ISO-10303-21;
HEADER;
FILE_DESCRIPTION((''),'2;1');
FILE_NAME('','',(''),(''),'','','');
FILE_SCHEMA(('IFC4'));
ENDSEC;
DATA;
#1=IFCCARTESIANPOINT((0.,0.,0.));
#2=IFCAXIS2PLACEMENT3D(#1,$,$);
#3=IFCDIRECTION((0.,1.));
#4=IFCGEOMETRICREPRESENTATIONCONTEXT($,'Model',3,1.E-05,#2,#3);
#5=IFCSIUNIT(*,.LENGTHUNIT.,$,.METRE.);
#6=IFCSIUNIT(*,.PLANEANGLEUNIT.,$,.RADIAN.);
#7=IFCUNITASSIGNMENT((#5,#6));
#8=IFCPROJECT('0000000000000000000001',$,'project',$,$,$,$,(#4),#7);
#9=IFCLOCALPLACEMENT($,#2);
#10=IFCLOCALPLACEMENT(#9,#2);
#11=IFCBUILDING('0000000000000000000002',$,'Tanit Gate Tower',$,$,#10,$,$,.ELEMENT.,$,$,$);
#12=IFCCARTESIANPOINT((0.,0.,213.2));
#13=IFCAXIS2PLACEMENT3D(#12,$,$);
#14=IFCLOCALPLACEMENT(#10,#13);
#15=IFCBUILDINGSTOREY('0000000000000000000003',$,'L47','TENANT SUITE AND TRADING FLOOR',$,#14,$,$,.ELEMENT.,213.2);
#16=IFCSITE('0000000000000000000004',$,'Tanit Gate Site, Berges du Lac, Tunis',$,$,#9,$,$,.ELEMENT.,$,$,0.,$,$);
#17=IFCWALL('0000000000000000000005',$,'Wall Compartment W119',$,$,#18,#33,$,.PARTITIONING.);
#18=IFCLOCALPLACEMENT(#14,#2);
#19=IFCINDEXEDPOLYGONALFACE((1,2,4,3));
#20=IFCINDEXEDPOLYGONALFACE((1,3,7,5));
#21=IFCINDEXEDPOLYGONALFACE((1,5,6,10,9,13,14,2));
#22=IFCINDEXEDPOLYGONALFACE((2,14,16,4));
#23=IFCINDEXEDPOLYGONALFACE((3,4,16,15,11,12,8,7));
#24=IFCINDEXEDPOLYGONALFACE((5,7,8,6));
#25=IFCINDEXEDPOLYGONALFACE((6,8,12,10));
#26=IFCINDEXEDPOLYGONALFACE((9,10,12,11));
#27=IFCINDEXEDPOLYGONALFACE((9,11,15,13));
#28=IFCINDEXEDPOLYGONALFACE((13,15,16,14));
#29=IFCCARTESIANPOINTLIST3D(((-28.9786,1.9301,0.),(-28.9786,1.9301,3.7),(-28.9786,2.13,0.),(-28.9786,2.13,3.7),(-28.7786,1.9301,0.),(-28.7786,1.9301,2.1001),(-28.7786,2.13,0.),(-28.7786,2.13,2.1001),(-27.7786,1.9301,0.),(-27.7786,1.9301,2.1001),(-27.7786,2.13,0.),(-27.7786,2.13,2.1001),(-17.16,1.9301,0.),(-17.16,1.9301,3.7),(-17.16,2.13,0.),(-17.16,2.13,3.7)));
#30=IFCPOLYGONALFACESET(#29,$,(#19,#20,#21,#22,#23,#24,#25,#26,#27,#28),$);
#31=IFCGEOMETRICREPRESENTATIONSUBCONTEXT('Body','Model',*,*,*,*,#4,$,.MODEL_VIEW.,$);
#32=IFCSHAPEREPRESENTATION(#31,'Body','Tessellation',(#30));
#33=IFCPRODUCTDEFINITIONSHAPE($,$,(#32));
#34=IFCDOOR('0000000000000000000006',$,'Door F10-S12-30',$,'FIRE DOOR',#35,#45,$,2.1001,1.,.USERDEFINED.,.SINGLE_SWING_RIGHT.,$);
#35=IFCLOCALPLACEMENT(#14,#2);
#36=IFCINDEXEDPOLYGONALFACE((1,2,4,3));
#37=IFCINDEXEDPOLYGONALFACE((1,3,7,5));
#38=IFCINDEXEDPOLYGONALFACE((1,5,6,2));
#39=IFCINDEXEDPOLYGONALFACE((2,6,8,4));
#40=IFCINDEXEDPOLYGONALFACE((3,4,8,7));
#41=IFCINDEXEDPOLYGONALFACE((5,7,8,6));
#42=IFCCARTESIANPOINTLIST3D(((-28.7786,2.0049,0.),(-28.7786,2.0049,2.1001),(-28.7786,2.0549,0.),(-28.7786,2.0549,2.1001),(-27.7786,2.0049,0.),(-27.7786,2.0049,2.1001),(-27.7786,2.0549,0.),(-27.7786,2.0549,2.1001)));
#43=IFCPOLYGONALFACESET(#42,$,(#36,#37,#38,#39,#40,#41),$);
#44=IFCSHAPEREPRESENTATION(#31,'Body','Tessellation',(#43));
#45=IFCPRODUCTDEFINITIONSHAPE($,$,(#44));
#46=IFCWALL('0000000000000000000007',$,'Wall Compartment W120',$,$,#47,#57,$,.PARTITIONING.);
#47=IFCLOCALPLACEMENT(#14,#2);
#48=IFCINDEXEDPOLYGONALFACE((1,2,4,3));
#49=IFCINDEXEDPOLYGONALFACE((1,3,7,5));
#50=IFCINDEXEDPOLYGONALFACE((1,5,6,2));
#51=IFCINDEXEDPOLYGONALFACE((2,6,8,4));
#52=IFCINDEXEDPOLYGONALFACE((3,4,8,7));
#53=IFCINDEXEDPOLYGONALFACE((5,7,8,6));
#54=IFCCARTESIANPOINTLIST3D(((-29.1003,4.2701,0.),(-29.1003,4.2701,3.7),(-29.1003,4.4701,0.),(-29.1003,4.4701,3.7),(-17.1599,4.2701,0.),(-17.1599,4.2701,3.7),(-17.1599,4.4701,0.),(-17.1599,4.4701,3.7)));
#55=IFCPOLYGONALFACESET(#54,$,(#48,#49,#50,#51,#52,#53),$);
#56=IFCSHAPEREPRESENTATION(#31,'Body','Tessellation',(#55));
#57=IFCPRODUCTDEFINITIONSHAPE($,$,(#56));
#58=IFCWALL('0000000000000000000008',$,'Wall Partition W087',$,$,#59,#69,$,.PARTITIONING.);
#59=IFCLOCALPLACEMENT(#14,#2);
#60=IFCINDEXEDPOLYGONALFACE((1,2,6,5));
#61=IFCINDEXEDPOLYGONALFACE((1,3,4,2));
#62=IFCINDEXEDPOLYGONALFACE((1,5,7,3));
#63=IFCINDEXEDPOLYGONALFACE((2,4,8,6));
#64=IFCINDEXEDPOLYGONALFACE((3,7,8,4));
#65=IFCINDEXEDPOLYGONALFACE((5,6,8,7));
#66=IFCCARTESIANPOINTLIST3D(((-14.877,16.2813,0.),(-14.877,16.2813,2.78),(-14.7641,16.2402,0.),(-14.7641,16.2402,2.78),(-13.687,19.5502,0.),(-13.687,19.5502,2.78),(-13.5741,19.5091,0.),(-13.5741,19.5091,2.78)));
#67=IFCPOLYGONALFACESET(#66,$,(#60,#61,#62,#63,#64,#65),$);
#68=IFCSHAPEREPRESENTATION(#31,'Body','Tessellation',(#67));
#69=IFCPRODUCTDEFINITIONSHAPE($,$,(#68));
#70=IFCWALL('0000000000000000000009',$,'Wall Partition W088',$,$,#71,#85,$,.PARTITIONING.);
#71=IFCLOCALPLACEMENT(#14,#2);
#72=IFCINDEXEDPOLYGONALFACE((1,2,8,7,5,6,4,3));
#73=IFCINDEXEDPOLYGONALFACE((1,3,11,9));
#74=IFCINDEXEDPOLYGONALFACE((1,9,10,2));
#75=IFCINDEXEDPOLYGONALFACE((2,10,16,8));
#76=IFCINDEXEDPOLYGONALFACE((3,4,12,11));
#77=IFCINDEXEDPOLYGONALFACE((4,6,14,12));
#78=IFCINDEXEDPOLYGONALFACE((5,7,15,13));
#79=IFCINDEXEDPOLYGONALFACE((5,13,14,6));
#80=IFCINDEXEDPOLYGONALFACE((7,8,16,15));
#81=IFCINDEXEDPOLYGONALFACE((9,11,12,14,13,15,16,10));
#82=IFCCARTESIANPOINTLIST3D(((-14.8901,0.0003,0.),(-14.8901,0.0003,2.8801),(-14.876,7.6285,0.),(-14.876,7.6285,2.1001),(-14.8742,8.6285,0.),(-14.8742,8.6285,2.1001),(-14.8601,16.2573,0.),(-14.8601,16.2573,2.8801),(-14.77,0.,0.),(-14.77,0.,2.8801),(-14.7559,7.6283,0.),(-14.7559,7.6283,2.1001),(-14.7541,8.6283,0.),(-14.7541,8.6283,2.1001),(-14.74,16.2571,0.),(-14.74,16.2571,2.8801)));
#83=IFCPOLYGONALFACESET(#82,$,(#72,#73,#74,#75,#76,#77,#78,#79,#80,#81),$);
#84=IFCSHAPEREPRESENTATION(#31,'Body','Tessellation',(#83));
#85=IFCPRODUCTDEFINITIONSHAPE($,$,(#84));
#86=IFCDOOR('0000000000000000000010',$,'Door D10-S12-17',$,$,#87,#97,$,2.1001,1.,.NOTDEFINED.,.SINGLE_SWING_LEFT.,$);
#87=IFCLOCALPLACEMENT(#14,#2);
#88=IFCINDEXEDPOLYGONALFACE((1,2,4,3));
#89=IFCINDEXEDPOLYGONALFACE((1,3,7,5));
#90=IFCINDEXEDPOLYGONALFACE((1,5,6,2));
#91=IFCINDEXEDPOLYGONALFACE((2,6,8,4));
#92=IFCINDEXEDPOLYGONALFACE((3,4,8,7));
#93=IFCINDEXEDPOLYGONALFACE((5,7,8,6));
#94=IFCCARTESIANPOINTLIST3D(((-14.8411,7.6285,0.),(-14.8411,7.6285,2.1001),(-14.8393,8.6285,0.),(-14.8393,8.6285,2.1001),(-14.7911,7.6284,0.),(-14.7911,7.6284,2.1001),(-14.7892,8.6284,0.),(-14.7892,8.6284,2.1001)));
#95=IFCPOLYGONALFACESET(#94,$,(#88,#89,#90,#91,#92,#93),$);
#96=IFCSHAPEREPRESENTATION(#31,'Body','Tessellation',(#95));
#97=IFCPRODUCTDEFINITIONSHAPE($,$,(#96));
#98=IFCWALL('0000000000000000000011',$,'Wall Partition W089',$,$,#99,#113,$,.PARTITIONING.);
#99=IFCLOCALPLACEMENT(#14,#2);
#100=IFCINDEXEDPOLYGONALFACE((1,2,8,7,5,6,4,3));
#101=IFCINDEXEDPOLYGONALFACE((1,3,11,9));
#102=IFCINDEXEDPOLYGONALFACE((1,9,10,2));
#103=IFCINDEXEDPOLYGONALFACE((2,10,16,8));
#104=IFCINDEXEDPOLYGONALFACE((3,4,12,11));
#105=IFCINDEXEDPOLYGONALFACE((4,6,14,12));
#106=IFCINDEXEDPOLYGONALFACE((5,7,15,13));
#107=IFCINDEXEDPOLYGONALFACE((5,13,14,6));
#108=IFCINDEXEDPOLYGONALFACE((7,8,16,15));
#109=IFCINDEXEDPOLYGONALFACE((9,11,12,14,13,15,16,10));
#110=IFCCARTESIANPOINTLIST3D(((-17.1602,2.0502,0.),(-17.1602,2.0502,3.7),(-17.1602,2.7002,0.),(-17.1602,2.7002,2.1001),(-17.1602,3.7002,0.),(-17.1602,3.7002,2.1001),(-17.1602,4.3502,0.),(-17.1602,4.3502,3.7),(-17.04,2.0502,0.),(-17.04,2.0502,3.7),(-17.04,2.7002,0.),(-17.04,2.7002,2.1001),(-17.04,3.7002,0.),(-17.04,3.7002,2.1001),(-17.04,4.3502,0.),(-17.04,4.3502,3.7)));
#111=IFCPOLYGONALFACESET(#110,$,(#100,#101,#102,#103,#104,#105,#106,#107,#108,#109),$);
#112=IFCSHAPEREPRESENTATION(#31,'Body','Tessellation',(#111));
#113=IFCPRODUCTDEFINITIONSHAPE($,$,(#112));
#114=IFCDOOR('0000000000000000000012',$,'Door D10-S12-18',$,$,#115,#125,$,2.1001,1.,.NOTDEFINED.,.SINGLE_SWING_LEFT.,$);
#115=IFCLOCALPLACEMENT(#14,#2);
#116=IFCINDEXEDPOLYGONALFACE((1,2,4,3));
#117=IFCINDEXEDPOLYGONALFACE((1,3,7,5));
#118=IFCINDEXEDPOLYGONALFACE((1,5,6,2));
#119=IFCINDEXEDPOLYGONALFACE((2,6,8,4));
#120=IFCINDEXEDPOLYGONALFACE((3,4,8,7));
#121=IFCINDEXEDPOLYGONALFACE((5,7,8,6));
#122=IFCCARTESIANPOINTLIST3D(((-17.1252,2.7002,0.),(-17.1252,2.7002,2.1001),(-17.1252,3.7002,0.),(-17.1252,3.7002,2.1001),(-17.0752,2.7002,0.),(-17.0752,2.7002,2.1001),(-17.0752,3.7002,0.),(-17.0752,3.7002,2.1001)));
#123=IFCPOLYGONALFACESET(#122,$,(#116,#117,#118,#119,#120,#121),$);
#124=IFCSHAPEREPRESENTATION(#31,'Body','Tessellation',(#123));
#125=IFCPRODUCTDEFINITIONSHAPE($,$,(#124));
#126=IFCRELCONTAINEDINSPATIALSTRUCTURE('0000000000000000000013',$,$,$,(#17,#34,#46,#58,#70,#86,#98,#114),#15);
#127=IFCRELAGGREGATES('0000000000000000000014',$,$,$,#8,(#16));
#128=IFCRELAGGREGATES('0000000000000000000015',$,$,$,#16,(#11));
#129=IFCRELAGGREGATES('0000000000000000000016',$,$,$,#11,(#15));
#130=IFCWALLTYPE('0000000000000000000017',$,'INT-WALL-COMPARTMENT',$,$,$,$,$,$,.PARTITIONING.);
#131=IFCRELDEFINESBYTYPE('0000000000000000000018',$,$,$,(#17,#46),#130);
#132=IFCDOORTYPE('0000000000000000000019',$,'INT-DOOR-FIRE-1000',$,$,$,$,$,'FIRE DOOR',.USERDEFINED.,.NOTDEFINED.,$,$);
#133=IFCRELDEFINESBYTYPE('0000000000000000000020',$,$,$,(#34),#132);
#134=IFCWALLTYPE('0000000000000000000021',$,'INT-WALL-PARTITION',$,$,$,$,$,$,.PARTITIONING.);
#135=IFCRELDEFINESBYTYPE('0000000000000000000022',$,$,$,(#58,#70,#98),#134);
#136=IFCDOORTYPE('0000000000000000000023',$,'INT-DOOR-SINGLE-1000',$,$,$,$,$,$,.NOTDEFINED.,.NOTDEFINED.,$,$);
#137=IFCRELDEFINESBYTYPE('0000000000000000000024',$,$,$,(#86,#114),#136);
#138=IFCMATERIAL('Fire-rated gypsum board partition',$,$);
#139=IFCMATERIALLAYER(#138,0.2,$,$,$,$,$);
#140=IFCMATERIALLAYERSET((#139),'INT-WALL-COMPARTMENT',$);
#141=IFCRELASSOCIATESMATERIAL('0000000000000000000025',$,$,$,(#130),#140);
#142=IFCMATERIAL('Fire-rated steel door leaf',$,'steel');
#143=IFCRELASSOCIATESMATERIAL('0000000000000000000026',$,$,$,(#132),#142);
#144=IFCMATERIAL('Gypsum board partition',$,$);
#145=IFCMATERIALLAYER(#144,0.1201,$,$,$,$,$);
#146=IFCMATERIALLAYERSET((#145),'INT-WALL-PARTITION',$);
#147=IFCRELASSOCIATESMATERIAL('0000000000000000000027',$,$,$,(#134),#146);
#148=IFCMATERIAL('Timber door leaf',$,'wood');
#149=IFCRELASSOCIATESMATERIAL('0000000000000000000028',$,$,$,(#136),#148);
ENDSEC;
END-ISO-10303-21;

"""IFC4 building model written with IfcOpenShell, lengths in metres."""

from ifc_helpers import new_model, si_unit, direction, frame, frame_2d, origin, place, context, subcontext, project, spatial, rectangle, extrude, material, layer, layer_set, type_object, element, fill, save


model = new_model("IFC4")

# Units and contexts
model_context = context("Model", 3, precision=1e-05, world=origin(), true_north=direction((0.0, 1.0)))
body_context = subcontext(model_context, "Body", "Model", "MODEL_VIEW")
ifc_project = project(units=[si_unit("LENGTHUNIT", "METRE"), si_unit("PLANEANGLEUNIT", "RADIAN")], contexts=[model_context])

# Site, building, storey
site_placement = place(None, origin())
site = spatial("IfcSite", under=ifc_project, at=site_placement, Name="Tanit Gate Site, Berges du Lac, Tunis", CompositionType="ELEMENT", RefElevation=0.0)
building_placement = place(site_placement, origin())
building = spatial("IfcBuilding", under=site, at=building_placement, Name="Tanit Gate Tower", CompositionType="ELEMENT")
storey_placement = place(building_placement, frame((0.0, 0.0, 213.2)))
storey = spatial("IfcBuildingStorey", under=building, at=storey_placement, Name="L47", Description="TENANT SUITE AND TRADING FLOOR", CompositionType="ELEMENT", Elevation=213.2)

# Shared definitions
ifc_material_1 = material(Name="Fire-rated gypsum board partition")
ifc_layer_1 = layer(ifc_material_1, 0.2)
ifc_layer_set_1 = layer_set([ifc_layer_1], Name="INT-WALL-COMPARTMENT")
wall_type_1 = type_object("IfcWallType", Name="INT-WALL-COMPARTMENT", PredefinedType="PARTITIONING", material=ifc_layer_set_1)
ifc_material_2 = material(Name="Fire-rated steel door leaf", Category="steel")
door_type_1 = type_object("IfcDoorType", Name="INT-DOOR-FIRE-1000", ElementType="FIRE DOOR", OperationType="NOTDEFINED", PredefinedType="USERDEFINED", material=ifc_material_2)

# Wall, opening, door
wall_1_placement = place(storey_placement, frame((-28.9785, 2.03, 0.0), z_axis=(0.0, 0.0, 1.0), x_axis=(1.0, 0.0, 0.0)))
wall_1 = element("IfcWall", 1, at=wall_1_placement, inside=storey, type_object=wall_type_1, Name="Wall Compartment W119", PredefinedType="PARTITIONING", context=body_context, shape_type="SweptSolid", body=[
    extrude(rectangle(XDim=11.8186, YDim=0.2, at=frame_2d((5.9092, 0.0))), origin(), (0.0, 0.0, 1.0), 3.7),
])
opening_1_placement = place(wall_1_placement, frame((0.2, 0.0, 0.0)))
opening_1 = element("IfcOpeningElement", 2, at=opening_1_placement, cuts=wall_1, PredefinedType="OPENING", context=body_context, shape_type="SweptSolid", body=[
    extrude(rectangle(XDim=1.0, YDim=2.1001, at=frame_2d((0.5, 1.05))), frame((0.0, 0.1099, 0.0), z_axis=(0.0, -1.0, 0.0), x_axis=(1.0, 0.0, 0.0)), (0.0, 0.0, 1.0), 0.22),
])
door_1_placement = place(opening_1_placement, origin())
door_1 = element("IfcDoor", 3, at=door_1_placement, inside=storey, type_object=door_type_1, Name="Door F10-S12-30", ObjectType="FIRE DOOR", OperationType="SINGLE_SWING_RIGHT", OverallHeight=2.1001, OverallWidth=1.0, PredefinedType="USERDEFINED", context=body_context, shape_type="SweptSolid", body=[
    extrude(rectangle(XDim=1.0, YDim=2.1001, at=frame_2d((0.5, 1.05))), frame((0.0, 0.0249, 0.0), z_axis=(0.0, -1.0, 0.0), x_axis=(1.0, 0.0, 0.0)), (0.0, 0.0, 1.0), 0.05),
])
fill(opening_1, door_1)

# Walls
wall_2_placement = place(storey_placement, frame((-17.1599, 4.3701, 0.0), z_axis=(0.0, 0.0, 1.0), x_axis=(-1.0, 0.0, 0.0)))
element("IfcWall", 4, at=wall_2_placement, inside=storey, type_object=wall_type_1, Name="Wall Compartment W120", PredefinedType="PARTITIONING", context=body_context, shape_type="SweptSolid", body=[
    extrude(rectangle(XDim=11.9404, YDim=0.2, at=frame_2d((5.9702, 0.0))), origin(), (0.0, 0.0, 1.0), 3.7),
])
ifc_material_3 = material(Name="Gypsum board partition")
ifc_layer_2 = layer(ifc_material_3, 0.1201)
ifc_layer_set_2 = layer_set([ifc_layer_2], Name="INT-WALL-PARTITION")
wall_type_2 = type_object("IfcWallType", Name="INT-WALL-PARTITION", PredefinedType="PARTITIONING", material=ifc_layer_set_2)
wall_3_placement = place(storey_placement, frame((-13.6306, 19.5295, 0.0), z_axis=(0.0, 0.0, 1.0), x_axis=(-0.34207, -0.939675, 0.0)))
element("IfcWall", 5, at=wall_3_placement, inside=storey, type_object=wall_type_2, Name="Wall Partition W087", PredefinedType="PARTITIONING", context=body_context, shape_type="SweptSolid", body=[
    extrude(rectangle(XDim=3.4788, YDim=0.1201, at=frame_2d((1.7393, 0.0))), origin(), (0.0, 0.0, 1.0), 2.78),
])

# Walls, openings, doors
wall_4_placement = place(storey_placement, frame((-14.8, 16.2571, 0.0), z_axis=(0.0, 0.0, 1.0), x_axis=(-0.001847, -0.999998, 0.0)))
wall_4 = element("IfcWall", 6, at=wall_4_placement, inside=storey, type_object=wall_type_2, Name="Wall Partition W088", PredefinedType="PARTITIONING", context=body_context, shape_type="SweptSolid", body=[
    extrude(rectangle(XDim=16.2571, YDim=0.1201, at=frame_2d((8.1284, 0.0))), origin(), (0.0, 0.0, 1.0), 2.8801),
])
opening_2_placement = place(wall_4_placement, frame((7.6287, 0.0, 0.0)))
opening_2 = element("IfcOpeningElement", 7, at=opening_2_placement, cuts=wall_4, PredefinedType="OPENING", context=body_context, shape_type="SweptSolid", body=[
    extrude(rectangle(XDim=1.0, YDim=2.1001, at=frame_2d((0.5, 1.05))), frame((0.0, 0.0701, 0.0), z_axis=(0.0, -1.0, 0.0), x_axis=(1.0, 0.0, 0.0)), (0.0, 0.0, 1.0), 0.1401),
])
ifc_material_4 = material(Name="Timber door leaf", Category="wood")
door_type_2 = type_object("IfcDoorType", Name="INT-DOOR-SINGLE-1000", OperationType="NOTDEFINED", PredefinedType="NOTDEFINED", material=ifc_material_4)
door_2_placement = place(opening_2_placement, origin())
door_2 = element("IfcDoor", 8, at=door_2_placement, inside=storey, type_object=door_type_2, Name="Door D10-S12-17", OperationType="SINGLE_SWING_LEFT", OverallHeight=2.1001, OverallWidth=1.0, PredefinedType="NOTDEFINED", context=body_context, shape_type="SweptSolid", body=[
    extrude(rectangle(XDim=1.0, YDim=2.1001, at=frame_2d((0.5, 1.05))), frame((0.0, 0.0249, 0.0), z_axis=(0.0, -1.0, 0.0), x_axis=(1.0, 0.0, 0.0)), (0.0, 0.0, 1.0), 0.05),
])
fill(opening_2, door_2)
wall_5_placement = place(storey_placement, frame((-17.1001, 4.3501, 0.0), z_axis=(0.0, 0.0, 1.0), x_axis=(0.0, -1.0, 0.0)))
wall_5 = element("IfcWall", 9, at=wall_5_placement, inside=storey, type_object=wall_type_2, Name="Wall Partition W089", PredefinedType="PARTITIONING", context=body_context, shape_type="SweptSolid", body=[
    extrude(rectangle(XDim=2.3, YDim=0.1201, at=frame_2d((1.1499, 0.0))), origin(), (0.0, 0.0, 1.0), 3.7),
])
opening_3_placement = place(wall_5_placement, frame((0.6499, 0.0, 0.0)))
opening_3 = element("IfcOpeningElement", 10, at=opening_3_placement, cuts=wall_5, PredefinedType="OPENING", context=body_context, shape_type="SweptSolid", body=[
    extrude(rectangle(XDim=1.0, YDim=2.1001, at=frame_2d((0.5, 1.05))), frame((0.0, 0.0701, 0.0), z_axis=(0.0, -1.0, 0.0), x_axis=(1.0, 0.0, 0.0)), (0.0, 0.0, 1.0), 0.1401),
])
door_3_placement = place(opening_3_placement, origin())
door_3 = element("IfcDoor", 11, at=door_3_placement, inside=storey, type_object=door_type_2, Name="Door D10-S12-18", OperationType="SINGLE_SWING_LEFT", OverallHeight=2.1001, OverallWidth=1.0, PredefinedType="NOTDEFINED", context=body_context, shape_type="SweptSolid", body=[
    extrude(rectangle(XDim=1.0, YDim=2.1001, at=frame_2d((0.5, 1.05))), frame((0.0, 0.0249, 0.0), z_axis=(0.0, -1.0, 0.0), x_axis=(1.0, 0.0, 0.0)), (0.0, 0.0, 1.0), 0.05),
])
fill(opening_3, door_3)

save(model, "model.ifc")
